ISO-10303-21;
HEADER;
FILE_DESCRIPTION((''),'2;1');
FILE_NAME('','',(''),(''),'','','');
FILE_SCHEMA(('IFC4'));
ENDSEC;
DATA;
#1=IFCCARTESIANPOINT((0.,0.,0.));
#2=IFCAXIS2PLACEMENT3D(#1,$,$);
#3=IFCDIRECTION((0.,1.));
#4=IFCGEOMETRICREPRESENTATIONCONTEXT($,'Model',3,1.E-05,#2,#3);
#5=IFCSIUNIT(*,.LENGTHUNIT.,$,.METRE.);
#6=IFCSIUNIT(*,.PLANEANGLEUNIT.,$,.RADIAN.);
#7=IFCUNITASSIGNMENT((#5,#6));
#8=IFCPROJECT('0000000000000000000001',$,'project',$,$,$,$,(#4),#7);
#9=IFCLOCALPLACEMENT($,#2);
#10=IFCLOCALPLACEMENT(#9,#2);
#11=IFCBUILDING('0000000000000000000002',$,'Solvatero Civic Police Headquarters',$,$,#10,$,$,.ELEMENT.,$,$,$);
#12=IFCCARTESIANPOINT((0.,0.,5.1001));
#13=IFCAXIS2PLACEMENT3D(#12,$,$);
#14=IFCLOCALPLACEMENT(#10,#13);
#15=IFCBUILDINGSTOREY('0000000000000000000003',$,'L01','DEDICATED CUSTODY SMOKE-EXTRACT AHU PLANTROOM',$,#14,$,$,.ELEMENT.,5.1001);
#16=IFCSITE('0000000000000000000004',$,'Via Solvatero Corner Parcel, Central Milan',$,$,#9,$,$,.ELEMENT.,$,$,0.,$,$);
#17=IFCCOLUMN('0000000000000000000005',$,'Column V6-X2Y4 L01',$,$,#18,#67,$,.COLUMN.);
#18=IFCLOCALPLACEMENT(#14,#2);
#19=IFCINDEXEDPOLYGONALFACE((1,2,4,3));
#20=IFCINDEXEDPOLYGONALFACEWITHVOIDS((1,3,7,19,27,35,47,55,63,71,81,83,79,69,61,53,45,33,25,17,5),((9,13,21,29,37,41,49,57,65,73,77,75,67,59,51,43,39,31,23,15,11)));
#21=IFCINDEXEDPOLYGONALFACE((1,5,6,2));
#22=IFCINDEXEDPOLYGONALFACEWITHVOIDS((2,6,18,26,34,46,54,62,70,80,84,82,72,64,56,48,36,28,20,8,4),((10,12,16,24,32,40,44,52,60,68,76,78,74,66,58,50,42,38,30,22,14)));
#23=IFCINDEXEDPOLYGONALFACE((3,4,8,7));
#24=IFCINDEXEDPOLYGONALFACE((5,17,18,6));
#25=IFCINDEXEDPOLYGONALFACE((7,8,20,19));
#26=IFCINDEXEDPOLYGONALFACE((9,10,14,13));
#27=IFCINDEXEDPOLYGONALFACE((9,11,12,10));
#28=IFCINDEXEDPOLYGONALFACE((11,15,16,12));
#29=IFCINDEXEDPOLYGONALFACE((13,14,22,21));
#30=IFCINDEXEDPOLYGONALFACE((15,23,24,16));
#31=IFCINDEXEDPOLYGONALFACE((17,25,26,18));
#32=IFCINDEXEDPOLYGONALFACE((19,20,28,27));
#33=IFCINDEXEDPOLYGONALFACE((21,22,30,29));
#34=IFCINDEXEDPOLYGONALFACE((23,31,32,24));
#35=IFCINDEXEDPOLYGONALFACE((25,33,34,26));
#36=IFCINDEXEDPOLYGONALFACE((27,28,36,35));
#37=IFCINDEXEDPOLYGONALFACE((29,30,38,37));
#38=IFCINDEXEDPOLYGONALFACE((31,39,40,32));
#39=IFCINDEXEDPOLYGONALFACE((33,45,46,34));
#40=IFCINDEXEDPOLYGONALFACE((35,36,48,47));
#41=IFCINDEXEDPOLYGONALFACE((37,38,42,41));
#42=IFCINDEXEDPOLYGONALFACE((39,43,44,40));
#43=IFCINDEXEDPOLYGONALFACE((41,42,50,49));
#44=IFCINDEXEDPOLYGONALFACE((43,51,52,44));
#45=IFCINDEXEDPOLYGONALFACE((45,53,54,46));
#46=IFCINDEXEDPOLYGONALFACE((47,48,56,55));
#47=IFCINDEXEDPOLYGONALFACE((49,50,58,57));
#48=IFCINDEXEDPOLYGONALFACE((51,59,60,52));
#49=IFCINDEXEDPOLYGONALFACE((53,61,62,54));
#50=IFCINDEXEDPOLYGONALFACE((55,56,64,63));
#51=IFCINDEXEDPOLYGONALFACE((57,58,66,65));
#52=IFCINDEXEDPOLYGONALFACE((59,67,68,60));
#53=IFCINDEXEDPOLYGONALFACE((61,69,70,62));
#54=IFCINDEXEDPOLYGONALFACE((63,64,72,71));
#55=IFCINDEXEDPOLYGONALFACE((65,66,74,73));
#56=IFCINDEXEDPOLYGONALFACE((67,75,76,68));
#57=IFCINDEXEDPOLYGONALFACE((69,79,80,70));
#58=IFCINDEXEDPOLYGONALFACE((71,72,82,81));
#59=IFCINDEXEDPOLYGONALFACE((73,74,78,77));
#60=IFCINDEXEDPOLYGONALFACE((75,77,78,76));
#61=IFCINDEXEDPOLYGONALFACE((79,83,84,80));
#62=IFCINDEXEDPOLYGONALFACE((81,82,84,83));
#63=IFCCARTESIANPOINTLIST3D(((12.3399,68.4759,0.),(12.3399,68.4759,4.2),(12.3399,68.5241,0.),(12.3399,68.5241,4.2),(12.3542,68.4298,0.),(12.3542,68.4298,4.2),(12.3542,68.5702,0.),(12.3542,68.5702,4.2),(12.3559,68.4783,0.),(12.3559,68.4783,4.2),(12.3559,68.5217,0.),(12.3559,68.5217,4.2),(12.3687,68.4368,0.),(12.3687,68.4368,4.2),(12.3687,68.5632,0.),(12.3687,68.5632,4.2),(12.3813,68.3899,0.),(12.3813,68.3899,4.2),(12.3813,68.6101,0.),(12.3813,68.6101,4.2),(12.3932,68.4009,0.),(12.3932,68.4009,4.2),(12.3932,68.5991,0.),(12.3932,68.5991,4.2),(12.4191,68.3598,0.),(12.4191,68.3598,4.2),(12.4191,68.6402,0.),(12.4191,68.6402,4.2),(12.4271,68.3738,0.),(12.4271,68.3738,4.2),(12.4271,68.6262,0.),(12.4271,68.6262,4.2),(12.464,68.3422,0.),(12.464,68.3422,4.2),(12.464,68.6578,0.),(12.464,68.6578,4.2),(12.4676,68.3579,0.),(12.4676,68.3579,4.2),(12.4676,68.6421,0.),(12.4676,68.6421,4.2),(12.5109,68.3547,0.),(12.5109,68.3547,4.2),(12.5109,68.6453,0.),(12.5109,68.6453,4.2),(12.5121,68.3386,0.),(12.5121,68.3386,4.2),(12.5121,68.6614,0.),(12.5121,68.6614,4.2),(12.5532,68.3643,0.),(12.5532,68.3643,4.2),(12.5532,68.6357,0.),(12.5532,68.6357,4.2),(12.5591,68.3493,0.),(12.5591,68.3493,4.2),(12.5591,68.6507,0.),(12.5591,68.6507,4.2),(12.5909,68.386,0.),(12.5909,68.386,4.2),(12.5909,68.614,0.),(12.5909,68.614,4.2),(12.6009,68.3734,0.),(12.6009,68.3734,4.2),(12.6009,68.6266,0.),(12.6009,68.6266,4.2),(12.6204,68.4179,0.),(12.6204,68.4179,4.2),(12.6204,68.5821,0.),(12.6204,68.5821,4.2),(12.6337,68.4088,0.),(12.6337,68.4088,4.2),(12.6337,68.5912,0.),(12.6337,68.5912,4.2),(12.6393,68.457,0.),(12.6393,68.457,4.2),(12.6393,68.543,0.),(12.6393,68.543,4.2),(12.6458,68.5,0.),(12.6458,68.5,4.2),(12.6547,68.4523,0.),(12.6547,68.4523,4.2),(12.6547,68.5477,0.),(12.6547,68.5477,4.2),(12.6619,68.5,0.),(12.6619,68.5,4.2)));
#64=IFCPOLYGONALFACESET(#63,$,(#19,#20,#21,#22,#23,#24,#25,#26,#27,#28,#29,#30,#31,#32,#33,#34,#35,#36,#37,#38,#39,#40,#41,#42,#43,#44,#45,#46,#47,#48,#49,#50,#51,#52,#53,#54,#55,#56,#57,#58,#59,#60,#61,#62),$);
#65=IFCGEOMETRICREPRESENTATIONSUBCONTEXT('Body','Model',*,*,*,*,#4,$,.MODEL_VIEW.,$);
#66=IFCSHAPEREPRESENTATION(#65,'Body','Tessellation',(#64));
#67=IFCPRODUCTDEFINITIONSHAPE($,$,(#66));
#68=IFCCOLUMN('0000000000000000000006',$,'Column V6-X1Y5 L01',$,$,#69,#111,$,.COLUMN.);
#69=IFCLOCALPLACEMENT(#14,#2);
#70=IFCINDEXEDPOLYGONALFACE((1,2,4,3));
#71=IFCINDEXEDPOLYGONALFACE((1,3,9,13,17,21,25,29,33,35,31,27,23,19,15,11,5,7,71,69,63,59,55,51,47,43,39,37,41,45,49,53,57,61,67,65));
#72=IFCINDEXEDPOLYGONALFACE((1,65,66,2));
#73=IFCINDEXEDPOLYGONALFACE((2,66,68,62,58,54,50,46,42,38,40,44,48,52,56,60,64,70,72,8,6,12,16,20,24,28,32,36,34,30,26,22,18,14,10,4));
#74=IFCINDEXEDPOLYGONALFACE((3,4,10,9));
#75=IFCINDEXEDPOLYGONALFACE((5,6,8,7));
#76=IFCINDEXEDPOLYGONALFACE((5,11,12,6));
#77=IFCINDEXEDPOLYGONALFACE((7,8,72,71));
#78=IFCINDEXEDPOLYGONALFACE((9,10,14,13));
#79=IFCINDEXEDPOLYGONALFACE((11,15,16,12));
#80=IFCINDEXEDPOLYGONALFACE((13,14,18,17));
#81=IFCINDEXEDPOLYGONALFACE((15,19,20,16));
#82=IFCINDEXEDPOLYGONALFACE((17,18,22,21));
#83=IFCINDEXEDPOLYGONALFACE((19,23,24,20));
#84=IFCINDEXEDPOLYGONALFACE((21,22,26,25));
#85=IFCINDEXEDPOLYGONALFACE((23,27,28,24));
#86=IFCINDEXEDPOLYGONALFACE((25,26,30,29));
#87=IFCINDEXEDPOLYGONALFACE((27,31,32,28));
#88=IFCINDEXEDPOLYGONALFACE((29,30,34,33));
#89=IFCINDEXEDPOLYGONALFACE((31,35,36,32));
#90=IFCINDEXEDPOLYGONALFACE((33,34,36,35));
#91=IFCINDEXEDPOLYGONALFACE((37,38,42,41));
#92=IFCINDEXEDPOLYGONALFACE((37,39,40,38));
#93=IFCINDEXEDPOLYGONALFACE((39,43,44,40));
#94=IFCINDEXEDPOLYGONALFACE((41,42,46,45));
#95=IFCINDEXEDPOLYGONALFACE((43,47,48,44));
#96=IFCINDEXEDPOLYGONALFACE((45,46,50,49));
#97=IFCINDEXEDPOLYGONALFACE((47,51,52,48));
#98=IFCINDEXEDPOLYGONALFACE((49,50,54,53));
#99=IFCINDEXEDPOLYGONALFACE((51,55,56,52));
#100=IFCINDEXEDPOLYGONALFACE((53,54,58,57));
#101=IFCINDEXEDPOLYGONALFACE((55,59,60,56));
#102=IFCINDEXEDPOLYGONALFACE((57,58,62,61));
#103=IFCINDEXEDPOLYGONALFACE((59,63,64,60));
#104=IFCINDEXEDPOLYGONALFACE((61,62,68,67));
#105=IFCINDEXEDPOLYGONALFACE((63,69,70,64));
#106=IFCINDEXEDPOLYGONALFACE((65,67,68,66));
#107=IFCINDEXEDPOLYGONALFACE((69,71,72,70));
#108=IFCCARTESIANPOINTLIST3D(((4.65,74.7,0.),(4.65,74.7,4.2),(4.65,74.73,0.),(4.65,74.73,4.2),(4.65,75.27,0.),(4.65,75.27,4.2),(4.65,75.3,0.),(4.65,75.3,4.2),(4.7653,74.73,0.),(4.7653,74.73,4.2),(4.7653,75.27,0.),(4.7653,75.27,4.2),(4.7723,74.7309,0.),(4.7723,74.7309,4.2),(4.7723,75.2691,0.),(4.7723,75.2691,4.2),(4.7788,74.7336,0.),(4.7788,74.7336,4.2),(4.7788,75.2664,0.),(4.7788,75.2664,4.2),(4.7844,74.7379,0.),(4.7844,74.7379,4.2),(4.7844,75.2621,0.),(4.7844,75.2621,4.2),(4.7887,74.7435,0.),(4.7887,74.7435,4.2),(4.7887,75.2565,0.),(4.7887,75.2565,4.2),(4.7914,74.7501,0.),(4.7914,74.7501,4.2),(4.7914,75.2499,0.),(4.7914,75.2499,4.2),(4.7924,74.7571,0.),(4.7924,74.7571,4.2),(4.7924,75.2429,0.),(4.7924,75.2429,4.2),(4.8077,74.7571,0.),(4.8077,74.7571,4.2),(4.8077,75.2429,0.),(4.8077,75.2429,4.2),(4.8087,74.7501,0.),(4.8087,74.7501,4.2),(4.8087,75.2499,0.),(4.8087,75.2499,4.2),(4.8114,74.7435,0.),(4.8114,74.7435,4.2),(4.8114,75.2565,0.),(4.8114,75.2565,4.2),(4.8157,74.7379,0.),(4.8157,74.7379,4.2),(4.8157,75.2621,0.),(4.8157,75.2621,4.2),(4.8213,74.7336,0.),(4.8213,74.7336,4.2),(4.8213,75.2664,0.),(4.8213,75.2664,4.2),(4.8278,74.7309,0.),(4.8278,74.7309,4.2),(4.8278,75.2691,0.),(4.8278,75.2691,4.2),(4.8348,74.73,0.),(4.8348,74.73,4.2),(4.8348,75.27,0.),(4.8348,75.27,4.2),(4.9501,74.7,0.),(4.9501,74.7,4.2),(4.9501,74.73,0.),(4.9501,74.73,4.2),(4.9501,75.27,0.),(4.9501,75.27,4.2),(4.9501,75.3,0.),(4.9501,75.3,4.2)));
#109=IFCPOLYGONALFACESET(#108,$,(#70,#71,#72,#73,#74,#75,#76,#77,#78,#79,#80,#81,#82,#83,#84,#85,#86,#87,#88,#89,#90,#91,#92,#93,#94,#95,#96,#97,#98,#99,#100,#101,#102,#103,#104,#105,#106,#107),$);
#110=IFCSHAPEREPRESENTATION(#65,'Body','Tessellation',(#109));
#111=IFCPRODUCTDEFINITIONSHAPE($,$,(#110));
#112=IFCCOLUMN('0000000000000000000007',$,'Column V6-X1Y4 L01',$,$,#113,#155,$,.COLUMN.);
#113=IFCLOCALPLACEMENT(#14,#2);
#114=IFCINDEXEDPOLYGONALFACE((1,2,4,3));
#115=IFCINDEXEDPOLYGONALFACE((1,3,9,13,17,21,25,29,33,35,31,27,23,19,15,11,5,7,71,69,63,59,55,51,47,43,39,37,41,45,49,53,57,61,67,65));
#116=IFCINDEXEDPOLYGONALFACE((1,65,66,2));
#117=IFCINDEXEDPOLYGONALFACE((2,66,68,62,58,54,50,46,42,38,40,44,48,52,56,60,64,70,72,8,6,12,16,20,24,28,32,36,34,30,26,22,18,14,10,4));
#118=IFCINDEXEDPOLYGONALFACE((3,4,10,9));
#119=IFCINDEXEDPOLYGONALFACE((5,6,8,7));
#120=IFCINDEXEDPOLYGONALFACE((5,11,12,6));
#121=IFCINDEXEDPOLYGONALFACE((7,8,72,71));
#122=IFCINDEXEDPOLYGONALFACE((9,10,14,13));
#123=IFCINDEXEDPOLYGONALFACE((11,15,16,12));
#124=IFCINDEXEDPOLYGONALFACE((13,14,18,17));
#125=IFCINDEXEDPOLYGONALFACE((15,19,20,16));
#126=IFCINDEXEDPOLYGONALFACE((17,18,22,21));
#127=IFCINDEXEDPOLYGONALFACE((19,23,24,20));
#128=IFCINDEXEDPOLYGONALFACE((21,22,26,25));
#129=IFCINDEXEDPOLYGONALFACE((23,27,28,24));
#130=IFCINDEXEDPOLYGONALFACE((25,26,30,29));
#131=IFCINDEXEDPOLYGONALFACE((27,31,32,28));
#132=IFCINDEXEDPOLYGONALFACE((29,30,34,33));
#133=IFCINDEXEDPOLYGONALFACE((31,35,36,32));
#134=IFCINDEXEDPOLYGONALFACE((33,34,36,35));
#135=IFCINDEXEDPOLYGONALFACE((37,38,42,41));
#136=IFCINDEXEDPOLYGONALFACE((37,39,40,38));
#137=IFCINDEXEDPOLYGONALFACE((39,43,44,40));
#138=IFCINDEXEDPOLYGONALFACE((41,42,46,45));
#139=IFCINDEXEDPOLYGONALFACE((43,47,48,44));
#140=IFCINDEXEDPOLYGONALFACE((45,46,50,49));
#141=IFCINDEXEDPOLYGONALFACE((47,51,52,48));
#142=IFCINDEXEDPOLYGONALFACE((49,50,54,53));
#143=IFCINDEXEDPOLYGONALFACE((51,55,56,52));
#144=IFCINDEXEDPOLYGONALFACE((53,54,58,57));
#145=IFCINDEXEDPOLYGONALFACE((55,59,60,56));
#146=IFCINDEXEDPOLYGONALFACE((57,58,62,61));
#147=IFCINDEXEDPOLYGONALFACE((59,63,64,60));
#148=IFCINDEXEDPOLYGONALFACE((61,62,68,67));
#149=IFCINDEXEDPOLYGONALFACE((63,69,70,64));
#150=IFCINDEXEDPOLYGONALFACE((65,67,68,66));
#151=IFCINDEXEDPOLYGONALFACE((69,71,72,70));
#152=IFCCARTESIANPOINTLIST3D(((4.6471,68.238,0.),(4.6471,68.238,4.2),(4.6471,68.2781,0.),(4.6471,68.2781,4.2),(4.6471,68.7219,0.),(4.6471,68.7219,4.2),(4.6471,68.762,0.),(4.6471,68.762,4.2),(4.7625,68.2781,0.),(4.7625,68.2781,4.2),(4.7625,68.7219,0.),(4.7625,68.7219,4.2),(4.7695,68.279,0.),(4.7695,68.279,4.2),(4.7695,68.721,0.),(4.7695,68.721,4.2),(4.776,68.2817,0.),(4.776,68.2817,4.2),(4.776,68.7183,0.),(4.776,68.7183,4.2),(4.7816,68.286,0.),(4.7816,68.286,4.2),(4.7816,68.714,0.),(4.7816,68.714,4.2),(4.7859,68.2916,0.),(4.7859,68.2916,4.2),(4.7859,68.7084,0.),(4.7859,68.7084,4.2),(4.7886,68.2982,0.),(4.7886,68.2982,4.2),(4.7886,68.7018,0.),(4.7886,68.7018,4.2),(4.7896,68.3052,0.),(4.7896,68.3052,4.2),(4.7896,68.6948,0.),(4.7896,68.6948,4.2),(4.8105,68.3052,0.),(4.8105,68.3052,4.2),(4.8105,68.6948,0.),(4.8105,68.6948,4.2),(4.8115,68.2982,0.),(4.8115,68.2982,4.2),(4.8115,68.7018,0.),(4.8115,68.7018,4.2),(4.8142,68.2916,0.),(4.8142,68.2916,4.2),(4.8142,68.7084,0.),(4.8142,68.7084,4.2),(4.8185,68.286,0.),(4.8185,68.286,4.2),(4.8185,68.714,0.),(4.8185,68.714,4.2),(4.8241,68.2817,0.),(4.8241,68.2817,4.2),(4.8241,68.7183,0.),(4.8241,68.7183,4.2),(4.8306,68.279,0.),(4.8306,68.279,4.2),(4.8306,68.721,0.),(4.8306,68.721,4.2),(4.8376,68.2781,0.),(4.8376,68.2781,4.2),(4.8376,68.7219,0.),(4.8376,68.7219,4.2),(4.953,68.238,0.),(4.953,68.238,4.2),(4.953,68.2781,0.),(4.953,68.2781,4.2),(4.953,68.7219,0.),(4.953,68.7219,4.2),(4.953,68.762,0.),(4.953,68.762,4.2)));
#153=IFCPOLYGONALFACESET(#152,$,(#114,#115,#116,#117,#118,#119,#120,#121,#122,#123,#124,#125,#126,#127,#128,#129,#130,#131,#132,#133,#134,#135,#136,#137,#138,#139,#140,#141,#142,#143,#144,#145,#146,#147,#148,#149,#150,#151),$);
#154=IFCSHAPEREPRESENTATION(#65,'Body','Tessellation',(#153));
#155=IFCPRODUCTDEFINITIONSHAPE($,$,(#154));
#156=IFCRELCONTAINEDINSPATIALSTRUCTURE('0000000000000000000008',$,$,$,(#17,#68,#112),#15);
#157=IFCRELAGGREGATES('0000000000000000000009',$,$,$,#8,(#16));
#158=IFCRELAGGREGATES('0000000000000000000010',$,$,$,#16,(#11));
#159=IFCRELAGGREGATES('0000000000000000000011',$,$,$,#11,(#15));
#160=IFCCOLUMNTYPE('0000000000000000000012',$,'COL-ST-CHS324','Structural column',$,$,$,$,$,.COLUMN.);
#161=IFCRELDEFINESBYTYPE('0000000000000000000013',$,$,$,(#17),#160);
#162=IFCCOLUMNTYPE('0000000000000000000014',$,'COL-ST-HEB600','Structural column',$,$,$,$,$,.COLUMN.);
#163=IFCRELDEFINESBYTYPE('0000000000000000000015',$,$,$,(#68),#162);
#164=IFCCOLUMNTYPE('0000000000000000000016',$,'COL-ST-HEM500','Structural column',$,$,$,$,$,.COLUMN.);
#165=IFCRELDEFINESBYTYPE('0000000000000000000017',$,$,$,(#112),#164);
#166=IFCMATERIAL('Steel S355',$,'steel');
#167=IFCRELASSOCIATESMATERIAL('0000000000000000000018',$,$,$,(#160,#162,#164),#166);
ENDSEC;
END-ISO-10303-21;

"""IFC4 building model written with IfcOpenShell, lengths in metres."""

from ifc_helpers import new_model, si_unit, direction, frame, origin, origin_2d, place, context, subcontext, project, spatial, hollow_circle, i_section, extrude, material, material_profile, profile_set, type_object, element, save


model = new_model("IFC4")

# Units and contexts
model_context = context("Model", 3, precision=1e-05, world=origin(), true_north=direction((0.0, 1.0)))
body_context = subcontext(model_context, "Body", "Model", "MODEL_VIEW")
ifc_project = project(units=[si_unit("LENGTHUNIT", "METRE"), si_unit("PLANEANGLEUNIT", "RADIAN")], contexts=[model_context])

# Site, building, storey
site_placement = place(None, origin())
site = spatial("IfcSite", under=ifc_project, at=site_placement, Name="Via Solvatero Corner Parcel, Central Milan", CompositionType="ELEMENT", RefElevation=0.0)
building_placement = place(site_placement, origin())
building = spatial("IfcBuilding", under=site, at=building_placement, Name="Solvatero Civic Police Headquarters", CompositionType="ELEMENT")
storey_placement = place(building_placement, frame((0.0, 0.0, 5.1001)))
storey = spatial("IfcBuildingStorey", under=building, at=storey_placement, Name="L01", Description="DEDICATED CUSTODY SMOKE-EXTRACT AHU PLANTROOM", CompositionType="ELEMENT", Elevation=5.1001)

# Columns
ifc_material_1 = material(Name="Steel S355", Category="steel")
ifc_material_profile_1 = material_profile(ifc_material_1, hollow_circle(Radius=0.1619, WallThickness=0.0161, at=origin_2d()), Name="CHS 323.9x16.0")
ifc_profile_set_1 = profile_set([ifc_material_profile_1], Name="Steel S355")
column_type_1 = type_object("IfcColumnType", Name="COL-ST-CHS324", Description="Structural column", PredefinedType="COLUMN", material=ifc_profile_set_1)
column_1_placement = place(storey_placement, frame((12.5, 68.5, 0.0), z_axis=(0.0, 0.0, 1.0), x_axis=(1.0, 0.0, 0.0)))
element("IfcColumn", 1, at=column_1_placement, inside=storey, type_object=column_type_1, Name="Column V6-X2Y4 L01", PredefinedType="COLUMN", context=body_context, shape_type="SweptSolid", body=[
    extrude(hollow_circle(Radius=0.1619, WallThickness=0.0161, at=origin_2d()), origin(), (0.0, 0.0, 1.0), 4.2),
])
ifc_material_profile_2 = material_profile(ifc_material_1, i_section(OverallWidth=0.3, OverallDepth=0.6001, WebThickness=0.0154, FlangeThickness=0.03, FilletRadius=0.0271, at=origin_2d()), Name="HEB 600")
ifc_profile_set_2 = profile_set([ifc_material_profile_2], Name="Steel S355")
column_type_2 = type_object("IfcColumnType", Name="COL-ST-HEB600", Description="Structural column", PredefinedType="COLUMN", material=ifc_profile_set_2)
column_2_placement = place(storey_placement, frame((4.8, 75.0, 0.0), z_axis=(0.0, 0.0, 1.0), x_axis=(1.0, 0.0, 0.0)))
element("IfcColumn", 2, at=column_2_placement, inside=storey, type_object=column_type_2, Name="Column V6-X1Y5 L01", PredefinedType="COLUMN", context=body_context, shape_type="SweptSolid", body=[
    extrude(i_section(OverallWidth=0.3, OverallDepth=0.6001, WebThickness=0.0154, FlangeThickness=0.03, FilletRadius=0.0271, at=origin_2d()), origin(), (0.0, 0.0, 1.0), 4.2),
])
ifc_material_profile_3 = material_profile(ifc_material_1, i_section(OverallWidth=0.3059, OverallDepth=0.5239, WebThickness=0.021, FlangeThickness=0.04, FilletRadius=0.0271, at=origin_2d()), Name="HEM 500")
ifc_profile_set_3 = profile_set([ifc_material_profile_3], Name="Steel S355")
column_type_3 = type_object("IfcColumnType", Name="COL-ST-HEM500", Description="Structural column", PredefinedType="COLUMN", material=ifc_profile_set_3)
column_3_placement = place(storey_placement, frame((4.8, 68.5, 0.0), z_axis=(0.0, 0.0, 1.0), x_axis=(1.0, 0.0, 0.0)))
element("IfcColumn", 3, at=column_3_placement, inside=storey, type_object=column_type_3, Name="Column V6-X1Y4 L01", PredefinedType="COLUMN", context=body_context, shape_type="SweptSolid", body=[
    extrude(i_section(OverallWidth=0.3059, OverallDepth=0.5239, WebThickness=0.021, FlangeThickness=0.04, FilletRadius=0.0271, at=origin_2d()), origin(), (0.0, 0.0, 1.0), 4.2),
])

save(model, "model.ifc")
